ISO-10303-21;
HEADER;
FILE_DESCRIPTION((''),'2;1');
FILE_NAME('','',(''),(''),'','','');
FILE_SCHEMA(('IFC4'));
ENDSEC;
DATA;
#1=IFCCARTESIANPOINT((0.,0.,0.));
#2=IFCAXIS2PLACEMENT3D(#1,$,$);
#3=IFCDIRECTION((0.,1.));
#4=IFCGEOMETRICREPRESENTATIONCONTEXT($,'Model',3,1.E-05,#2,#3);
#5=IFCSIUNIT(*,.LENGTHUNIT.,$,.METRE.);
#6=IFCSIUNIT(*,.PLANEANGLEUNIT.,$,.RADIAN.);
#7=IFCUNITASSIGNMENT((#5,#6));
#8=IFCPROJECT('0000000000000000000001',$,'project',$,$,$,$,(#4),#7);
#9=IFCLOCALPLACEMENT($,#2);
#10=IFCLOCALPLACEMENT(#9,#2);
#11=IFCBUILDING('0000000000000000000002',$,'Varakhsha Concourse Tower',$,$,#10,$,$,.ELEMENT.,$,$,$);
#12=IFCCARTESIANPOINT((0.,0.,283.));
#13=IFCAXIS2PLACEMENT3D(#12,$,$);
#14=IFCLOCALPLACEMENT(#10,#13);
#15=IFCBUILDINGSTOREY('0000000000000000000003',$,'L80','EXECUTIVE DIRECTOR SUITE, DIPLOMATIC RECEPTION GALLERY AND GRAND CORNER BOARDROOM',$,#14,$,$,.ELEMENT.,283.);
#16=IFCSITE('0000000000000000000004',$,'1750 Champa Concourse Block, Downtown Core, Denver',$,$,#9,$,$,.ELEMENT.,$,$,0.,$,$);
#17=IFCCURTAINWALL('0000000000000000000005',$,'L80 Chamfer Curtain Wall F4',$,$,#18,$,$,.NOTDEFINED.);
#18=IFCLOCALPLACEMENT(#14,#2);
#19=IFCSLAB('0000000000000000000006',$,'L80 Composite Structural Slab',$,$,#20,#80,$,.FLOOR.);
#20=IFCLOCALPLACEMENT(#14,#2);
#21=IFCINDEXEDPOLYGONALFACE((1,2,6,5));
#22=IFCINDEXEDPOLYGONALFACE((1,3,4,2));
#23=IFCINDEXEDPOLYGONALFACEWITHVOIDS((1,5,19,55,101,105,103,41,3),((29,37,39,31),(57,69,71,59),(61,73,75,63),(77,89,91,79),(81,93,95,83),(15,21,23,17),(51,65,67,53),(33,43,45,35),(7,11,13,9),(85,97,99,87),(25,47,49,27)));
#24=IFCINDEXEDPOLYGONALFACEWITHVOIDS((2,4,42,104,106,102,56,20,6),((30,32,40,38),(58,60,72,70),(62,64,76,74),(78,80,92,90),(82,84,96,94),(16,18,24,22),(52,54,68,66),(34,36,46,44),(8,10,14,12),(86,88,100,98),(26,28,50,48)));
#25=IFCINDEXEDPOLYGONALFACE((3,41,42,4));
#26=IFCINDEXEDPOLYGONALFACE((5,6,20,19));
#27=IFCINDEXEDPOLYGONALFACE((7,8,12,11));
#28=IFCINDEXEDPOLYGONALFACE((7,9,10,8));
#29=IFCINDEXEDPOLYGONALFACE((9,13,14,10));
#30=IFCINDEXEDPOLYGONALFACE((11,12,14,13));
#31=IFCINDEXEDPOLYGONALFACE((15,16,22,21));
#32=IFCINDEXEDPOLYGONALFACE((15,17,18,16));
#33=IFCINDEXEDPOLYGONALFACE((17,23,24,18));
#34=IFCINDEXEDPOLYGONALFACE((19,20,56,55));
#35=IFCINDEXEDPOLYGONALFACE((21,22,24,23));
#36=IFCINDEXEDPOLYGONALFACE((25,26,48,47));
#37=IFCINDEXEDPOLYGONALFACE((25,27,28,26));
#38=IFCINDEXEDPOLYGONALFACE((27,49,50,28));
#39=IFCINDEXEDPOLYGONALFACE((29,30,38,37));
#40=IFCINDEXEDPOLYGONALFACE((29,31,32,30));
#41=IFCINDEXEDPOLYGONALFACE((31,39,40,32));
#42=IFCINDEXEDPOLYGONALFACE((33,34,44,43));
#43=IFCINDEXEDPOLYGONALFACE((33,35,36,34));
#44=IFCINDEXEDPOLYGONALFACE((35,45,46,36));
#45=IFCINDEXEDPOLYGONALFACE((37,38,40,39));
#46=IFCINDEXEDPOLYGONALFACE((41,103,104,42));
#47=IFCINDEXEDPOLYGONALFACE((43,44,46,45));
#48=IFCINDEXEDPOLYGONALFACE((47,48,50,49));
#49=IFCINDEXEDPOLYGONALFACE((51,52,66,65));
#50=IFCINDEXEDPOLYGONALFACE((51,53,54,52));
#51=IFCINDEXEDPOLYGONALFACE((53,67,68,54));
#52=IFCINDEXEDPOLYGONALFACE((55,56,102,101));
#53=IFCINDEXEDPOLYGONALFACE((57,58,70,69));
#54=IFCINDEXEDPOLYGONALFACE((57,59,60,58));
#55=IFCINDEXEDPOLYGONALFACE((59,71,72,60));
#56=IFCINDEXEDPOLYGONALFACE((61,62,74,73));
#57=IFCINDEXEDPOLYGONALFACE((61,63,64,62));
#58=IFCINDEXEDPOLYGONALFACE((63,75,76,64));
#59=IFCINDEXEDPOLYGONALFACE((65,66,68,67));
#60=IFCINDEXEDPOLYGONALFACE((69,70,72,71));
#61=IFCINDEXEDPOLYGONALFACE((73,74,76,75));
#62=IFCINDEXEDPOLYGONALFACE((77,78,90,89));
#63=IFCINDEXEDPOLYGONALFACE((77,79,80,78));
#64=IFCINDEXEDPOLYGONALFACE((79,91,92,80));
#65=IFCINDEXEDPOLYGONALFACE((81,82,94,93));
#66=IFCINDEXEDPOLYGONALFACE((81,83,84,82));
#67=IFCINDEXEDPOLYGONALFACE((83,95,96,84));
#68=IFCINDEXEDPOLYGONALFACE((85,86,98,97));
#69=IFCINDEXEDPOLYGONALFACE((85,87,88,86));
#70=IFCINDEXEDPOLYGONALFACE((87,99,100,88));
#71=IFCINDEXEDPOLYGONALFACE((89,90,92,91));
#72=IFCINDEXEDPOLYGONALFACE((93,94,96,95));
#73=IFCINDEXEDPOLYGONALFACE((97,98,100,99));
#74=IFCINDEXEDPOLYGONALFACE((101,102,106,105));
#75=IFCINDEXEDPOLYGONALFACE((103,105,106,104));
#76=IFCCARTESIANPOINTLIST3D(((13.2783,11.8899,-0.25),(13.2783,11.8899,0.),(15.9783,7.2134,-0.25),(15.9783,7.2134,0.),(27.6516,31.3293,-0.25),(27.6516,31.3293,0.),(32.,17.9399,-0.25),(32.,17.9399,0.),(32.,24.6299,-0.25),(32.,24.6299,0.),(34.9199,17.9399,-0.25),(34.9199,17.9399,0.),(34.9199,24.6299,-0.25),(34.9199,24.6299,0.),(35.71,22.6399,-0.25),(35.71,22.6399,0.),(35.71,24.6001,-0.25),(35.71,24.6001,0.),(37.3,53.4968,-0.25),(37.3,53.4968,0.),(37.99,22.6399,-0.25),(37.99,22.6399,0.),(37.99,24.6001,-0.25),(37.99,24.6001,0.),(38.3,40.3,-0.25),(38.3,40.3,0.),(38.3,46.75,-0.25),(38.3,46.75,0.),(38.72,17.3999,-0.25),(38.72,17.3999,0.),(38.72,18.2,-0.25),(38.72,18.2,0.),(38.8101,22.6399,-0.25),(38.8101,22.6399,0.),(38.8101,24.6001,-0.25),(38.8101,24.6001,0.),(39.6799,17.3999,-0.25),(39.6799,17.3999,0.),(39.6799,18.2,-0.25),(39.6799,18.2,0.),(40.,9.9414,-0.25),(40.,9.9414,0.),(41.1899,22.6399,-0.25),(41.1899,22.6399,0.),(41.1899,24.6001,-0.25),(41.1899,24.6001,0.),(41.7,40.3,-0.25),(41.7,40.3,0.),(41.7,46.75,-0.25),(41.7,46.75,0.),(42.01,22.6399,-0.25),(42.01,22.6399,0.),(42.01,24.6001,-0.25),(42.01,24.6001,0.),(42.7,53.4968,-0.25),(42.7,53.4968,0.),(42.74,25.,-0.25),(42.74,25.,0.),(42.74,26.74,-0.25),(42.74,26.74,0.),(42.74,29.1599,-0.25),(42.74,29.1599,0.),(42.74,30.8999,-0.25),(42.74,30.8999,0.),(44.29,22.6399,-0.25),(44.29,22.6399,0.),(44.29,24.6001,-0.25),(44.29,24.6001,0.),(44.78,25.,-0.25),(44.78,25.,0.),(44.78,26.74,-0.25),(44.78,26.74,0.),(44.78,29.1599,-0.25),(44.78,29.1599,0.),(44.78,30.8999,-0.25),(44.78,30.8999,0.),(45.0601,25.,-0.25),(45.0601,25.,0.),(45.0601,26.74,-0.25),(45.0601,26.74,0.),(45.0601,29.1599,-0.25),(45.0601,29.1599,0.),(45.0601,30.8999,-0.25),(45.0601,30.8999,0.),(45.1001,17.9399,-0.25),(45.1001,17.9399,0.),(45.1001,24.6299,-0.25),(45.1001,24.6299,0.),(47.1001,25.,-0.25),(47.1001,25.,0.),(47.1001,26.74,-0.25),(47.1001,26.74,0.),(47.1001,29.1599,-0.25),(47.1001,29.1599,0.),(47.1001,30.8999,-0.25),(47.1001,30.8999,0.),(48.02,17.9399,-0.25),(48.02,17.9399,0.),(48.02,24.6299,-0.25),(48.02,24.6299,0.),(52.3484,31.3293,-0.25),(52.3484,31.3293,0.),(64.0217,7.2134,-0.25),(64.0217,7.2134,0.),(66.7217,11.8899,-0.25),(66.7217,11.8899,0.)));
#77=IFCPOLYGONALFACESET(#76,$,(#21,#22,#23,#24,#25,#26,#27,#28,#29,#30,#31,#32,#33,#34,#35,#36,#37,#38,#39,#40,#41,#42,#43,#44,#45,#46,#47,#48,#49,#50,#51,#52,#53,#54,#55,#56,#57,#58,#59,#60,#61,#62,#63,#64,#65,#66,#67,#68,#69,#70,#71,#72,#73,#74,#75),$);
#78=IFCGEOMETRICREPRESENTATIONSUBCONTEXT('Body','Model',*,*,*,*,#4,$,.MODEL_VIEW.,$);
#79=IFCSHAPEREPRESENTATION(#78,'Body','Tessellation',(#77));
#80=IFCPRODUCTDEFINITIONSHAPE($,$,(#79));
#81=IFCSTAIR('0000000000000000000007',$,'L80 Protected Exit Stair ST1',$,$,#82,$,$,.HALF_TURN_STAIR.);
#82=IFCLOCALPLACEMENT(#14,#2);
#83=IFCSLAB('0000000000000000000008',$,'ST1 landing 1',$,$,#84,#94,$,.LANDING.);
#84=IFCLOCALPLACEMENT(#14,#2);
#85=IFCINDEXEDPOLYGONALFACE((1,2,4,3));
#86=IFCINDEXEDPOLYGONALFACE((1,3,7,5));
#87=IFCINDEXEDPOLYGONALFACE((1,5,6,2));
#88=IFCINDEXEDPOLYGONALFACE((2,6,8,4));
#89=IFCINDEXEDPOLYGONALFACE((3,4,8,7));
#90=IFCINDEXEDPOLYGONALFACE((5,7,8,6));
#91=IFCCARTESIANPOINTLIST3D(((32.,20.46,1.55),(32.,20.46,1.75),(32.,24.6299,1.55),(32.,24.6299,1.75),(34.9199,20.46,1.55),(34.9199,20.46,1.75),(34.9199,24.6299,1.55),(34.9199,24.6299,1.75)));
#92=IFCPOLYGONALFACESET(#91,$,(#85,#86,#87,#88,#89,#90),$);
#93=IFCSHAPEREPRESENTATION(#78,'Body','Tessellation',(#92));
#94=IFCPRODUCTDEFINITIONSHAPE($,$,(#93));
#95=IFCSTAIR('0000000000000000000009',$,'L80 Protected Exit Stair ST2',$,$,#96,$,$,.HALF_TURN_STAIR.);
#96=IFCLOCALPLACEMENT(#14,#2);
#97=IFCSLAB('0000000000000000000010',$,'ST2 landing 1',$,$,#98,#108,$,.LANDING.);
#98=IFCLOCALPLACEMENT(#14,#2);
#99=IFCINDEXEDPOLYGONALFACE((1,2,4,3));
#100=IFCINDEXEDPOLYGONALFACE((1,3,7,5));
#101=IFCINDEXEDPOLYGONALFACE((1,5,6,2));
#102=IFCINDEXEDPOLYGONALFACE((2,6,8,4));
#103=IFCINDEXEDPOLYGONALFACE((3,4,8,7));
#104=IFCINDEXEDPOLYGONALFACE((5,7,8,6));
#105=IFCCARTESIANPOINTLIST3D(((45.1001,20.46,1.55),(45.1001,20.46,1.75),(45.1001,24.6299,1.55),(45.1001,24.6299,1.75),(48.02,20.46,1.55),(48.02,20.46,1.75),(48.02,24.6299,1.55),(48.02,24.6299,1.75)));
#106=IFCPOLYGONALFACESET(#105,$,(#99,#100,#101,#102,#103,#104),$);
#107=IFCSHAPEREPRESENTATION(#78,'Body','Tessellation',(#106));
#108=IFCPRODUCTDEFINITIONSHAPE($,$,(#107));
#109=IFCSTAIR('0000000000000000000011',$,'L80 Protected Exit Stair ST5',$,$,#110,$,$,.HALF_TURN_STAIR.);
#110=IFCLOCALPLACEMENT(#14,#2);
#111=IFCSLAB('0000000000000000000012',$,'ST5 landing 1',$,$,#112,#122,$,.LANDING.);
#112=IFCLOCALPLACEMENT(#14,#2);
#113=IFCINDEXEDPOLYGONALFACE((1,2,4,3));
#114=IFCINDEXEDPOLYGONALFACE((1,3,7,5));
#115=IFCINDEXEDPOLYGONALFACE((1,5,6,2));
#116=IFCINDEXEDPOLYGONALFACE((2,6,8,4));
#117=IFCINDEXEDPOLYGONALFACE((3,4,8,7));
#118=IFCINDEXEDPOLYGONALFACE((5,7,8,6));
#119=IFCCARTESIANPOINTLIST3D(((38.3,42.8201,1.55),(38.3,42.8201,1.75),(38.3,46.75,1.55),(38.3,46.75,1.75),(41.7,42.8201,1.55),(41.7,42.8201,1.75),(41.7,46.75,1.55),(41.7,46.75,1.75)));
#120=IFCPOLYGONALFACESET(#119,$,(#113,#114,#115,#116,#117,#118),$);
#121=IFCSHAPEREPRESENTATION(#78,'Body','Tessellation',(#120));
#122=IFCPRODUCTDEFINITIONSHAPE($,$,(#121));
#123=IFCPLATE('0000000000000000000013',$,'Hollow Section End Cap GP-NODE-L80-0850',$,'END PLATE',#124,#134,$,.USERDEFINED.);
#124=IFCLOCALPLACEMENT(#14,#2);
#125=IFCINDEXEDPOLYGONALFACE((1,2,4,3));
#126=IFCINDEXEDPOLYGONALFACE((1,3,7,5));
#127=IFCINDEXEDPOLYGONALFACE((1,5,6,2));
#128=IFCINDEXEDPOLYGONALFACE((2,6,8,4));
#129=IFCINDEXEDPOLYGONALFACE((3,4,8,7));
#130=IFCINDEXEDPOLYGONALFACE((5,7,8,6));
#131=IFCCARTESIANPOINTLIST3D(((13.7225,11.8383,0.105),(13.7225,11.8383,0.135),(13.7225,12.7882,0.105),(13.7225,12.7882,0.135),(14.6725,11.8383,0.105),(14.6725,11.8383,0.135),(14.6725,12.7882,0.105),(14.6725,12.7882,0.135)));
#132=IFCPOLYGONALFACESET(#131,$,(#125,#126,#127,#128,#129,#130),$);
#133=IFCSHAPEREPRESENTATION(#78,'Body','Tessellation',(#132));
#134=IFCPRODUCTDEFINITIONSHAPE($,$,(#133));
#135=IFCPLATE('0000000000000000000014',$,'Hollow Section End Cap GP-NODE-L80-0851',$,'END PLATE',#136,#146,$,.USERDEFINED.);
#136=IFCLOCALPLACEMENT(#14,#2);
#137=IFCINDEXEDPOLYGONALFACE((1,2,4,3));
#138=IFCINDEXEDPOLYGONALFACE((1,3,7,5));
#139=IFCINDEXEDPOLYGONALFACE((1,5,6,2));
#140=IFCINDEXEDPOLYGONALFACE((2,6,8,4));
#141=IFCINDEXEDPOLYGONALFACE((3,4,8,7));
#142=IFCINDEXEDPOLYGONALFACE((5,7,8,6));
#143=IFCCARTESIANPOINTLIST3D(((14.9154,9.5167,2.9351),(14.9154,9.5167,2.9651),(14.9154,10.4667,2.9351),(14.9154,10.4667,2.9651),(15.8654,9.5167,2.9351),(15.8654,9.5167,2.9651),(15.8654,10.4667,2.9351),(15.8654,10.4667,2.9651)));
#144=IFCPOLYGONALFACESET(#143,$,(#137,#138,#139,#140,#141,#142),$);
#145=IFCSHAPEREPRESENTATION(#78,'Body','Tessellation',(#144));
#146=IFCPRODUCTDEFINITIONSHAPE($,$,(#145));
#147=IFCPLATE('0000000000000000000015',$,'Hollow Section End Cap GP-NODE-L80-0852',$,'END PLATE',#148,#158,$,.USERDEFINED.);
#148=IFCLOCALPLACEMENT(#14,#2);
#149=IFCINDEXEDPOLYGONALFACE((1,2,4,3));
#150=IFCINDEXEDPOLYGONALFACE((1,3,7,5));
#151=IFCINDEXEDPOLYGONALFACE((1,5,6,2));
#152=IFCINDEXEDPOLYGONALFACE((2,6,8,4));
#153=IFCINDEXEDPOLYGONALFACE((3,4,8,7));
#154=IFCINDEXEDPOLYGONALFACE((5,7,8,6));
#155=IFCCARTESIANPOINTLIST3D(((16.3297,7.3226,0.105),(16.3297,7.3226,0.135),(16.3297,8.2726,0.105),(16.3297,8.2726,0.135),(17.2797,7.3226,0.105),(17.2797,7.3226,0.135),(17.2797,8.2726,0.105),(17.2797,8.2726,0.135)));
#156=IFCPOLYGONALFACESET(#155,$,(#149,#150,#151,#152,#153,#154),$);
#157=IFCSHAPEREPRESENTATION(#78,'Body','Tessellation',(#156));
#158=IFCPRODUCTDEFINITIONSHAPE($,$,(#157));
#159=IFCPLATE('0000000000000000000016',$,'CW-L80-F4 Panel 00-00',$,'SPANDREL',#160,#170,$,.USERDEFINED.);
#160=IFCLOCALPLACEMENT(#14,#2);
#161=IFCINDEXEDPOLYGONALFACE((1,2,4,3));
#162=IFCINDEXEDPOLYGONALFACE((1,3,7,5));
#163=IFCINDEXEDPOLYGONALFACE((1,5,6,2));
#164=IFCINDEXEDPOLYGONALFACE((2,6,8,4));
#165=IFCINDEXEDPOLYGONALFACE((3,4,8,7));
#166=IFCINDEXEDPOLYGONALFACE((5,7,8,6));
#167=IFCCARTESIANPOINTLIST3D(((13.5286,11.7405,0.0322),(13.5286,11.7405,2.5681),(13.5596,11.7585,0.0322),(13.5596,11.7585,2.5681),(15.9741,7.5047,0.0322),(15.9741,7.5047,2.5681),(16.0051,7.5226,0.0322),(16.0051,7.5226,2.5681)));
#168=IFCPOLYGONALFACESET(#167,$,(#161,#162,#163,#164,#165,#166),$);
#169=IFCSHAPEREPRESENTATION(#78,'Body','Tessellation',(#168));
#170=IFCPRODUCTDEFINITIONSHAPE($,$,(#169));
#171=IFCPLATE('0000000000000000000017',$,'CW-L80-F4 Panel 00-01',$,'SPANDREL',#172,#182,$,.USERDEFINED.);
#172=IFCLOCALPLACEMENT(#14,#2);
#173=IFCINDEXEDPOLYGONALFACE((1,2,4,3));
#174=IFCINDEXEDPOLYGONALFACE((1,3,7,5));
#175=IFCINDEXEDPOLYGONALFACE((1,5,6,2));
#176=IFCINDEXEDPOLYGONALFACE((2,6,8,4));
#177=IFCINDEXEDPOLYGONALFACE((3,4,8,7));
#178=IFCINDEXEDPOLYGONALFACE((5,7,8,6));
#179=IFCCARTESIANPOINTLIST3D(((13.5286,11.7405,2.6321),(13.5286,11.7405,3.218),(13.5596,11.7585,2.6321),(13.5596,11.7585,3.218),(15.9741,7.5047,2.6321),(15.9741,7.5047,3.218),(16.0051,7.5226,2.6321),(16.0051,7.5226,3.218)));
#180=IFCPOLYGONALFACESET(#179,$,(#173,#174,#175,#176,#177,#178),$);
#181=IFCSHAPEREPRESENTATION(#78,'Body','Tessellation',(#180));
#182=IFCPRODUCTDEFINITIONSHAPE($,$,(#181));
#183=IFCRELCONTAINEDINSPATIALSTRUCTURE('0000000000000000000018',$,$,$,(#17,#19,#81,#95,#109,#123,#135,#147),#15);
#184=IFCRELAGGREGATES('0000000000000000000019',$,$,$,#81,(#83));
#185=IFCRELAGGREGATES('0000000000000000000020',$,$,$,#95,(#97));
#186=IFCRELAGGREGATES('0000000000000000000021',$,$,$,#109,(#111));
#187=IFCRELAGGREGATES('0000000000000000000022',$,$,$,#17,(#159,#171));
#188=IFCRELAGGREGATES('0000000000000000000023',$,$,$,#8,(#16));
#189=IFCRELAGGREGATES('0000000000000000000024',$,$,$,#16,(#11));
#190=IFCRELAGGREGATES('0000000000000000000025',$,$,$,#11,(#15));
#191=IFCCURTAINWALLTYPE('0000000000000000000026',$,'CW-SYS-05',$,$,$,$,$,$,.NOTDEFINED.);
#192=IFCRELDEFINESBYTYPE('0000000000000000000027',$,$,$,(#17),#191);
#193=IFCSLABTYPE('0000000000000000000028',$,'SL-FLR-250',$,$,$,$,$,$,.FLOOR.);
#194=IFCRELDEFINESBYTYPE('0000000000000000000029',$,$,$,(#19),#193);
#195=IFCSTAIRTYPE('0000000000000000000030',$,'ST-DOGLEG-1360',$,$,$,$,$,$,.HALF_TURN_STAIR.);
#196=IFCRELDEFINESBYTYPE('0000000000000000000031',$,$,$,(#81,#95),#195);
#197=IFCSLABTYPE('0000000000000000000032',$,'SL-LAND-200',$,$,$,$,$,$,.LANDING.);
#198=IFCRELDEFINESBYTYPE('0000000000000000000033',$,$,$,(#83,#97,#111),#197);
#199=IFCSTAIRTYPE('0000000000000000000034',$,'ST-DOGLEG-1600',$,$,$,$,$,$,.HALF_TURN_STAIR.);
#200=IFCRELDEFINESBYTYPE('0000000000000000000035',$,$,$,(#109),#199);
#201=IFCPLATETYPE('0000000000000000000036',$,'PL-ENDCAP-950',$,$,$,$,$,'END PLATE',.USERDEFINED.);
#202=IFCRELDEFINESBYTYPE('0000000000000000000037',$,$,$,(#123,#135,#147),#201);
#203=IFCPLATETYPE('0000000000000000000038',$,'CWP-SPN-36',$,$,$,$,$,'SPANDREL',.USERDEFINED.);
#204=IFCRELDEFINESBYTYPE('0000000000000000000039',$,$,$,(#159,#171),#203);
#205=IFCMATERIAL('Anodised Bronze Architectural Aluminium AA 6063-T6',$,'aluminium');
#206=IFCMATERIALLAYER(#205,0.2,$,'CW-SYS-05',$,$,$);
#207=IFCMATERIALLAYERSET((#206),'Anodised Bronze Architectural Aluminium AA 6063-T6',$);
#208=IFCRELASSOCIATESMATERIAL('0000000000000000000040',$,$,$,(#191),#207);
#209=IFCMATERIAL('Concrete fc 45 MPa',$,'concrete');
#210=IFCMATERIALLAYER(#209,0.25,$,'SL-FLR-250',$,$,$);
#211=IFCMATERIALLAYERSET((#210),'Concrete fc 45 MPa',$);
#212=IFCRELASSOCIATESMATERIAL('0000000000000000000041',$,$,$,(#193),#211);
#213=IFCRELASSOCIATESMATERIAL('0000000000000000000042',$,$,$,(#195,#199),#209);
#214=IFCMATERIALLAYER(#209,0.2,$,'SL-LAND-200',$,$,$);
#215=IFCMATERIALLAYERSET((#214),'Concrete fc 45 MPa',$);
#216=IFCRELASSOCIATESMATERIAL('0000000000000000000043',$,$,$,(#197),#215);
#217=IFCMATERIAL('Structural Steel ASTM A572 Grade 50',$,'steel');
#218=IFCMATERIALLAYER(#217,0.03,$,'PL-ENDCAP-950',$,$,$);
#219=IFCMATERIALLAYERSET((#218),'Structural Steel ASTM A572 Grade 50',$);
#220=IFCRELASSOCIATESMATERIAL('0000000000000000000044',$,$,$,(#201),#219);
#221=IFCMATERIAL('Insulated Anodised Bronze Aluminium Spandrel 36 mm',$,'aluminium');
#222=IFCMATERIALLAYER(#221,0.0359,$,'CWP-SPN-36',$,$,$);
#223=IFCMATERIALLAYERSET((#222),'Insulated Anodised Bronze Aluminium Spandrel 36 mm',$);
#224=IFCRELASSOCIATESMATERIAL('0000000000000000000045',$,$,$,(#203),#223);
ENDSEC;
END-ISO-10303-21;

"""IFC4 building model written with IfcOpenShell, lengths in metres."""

from ifc_helpers import new_model, si_unit, direction, frame, origin, origin_2d, place, context, subcontext, project, spatial, polyline, rectangle, outline, extrude, source, transform, mapped, material, layer, layer_set, type_object, type_shapes, element, aggregate, save


model = new_model("IFC4")

# Units and contexts
model_context = context("Model", 3, precision=1e-05, world=origin(), true_north=direction((0.0, 1.0)))
body_context = subcontext(model_context, "Body", "Model", "MODEL_VIEW")
ifc_project = project(units=[si_unit("LENGTHUNIT", "METRE"), si_unit("PLANEANGLEUNIT", "RADIAN")], contexts=[model_context])

# Site, building, storey
site_placement = place(None, origin())
site = spatial("IfcSite", under=ifc_project, at=site_placement, Name="1750 Champa Concourse Block, Downtown Core, Denver", CompositionType="ELEMENT", RefElevation=0.0)
building_placement = place(site_placement, origin())
building = spatial("IfcBuilding", under=site, at=building_placement, Name="Varakhsha Concourse Tower", CompositionType="ELEMENT")
storey_placement = place(building_placement, frame((0.0, 0.0, 283.0)))
storey = spatial("IfcBuildingStorey", under=building, at=storey_placement, Name="L80", Description="EXECUTIVE DIRECTOR SUITE, DIPLOMATIC RECEPTION GALLERY AND GRAND CORNER BOARDROOM", CompositionType="ELEMENT", Elevation=283.0)

# Shared definitions
ifc_material_1 = material(Name="Structural Steel ASTM A572 Grade 50", Category="steel")

# Shared definitions
ifc_material_2 = material(Name="Anodised Bronze Architectural Aluminium AA 6063-T6", Category="aluminium")
ifc_layer_1 = layer(ifc_material_2, 0.2, Name="CW-SYS-05")
ifc_layer_set_1 = layer_set([ifc_layer_1], Name="Anodised Bronze Architectural Aluminium AA 6063-T6")
curtain_wall_type = type_object("IfcCurtainWallType", Name="CW-SYS-05", PredefinedType="NOTDEFINED", material=ifc_layer_set_1)

# Curtain wall
curtain_wall_1_placement = place(storey_placement, origin())
curtain_wall_1 = element("IfcCurtainWall", 1, at=curtain_wall_1_placement, inside=storey, type_object=curtain_wall_type, Name="L80 Chamfer Curtain Wall F4", PredefinedType="NOTDEFINED")

# Slab
ifc_material_3 = material(Name="Concrete fc 45 MPa", Category="concrete")
ifc_layer_2 = layer(ifc_material_3, 0.25, Name="SL-FLR-250")
ifc_layer_set_2 = layer_set([ifc_layer_2], Name="Concrete fc 45 MPa")
slab_type_1 = type_object("IfcSlabType", Name="SL-FLR-250", PredefinedType="FLOOR", material=ifc_layer_set_2)
slab_1_placement = place(storey_placement, frame((0.0, 0.0, -0.25)))
element("IfcSlab", 2, at=slab_1_placement, inside=storey, type_object=slab_type_1, Name="L80 Composite Structural Slab", PredefinedType="FLOOR", context=body_context, shape_type="SweptSolid", body=[
    extrude(outline(polyline([(42.7, 53.4968), (37.3, 53.4968), (27.6516, 31.3293), (13.2783, 11.8899), (15.9783, 7.2134), (40.0, 9.9414), (64.0217, 7.2134), (66.7217, 11.8899), (52.3484, 31.3293), (42.7, 53.4968)]), holes=[polyline([(34.9199, 17.9399), (34.9199, 24.6299), (32.0, 24.6299), (32.0, 17.9399), (34.9199, 17.9399)]), polyline([(48.02, 17.9399), (48.02, 24.6299), (45.1001, 24.6299), (45.1001, 17.9399), (48.02, 17.9399)]), polyline([(41.7, 40.3), (41.7, 46.75), (38.3, 46.75), (38.3, 40.3), (41.7, 40.3)]), polyline([(42.74, 29.1599), (44.78, 29.1599), (44.78, 30.8999), (42.74, 30.8999), (42.74, 29.1599)]), polyline([(45.0601, 29.1599), (47.1001, 29.1599), (47.1001, 30.8999), (45.0601, 30.8999), (45.0601, 29.1599)]), polyline([(42.74, 25.0), (44.78, 25.0), (44.78, 26.74), (42.74, 26.74), (42.74, 25.0)]), polyline([(45.0601, 25.0), (47.1001, 25.0), (47.1001, 26.74), (45.0601, 26.74), (45.0601, 25.0)]), polyline([(35.71, 22.6399), (37.99, 22.6399), (37.99, 24.6001), (35.71, 24.6001), (35.71, 22.6399)]), polyline([(42.01, 22.6399), (44.29, 22.6399), (44.29, 24.6001), (42.01, 24.6001), (42.01, 22.6399)]), polyline([(38.8101, 22.6399), (41.1899, 22.6399), (41.1899, 24.6001), (38.8101, 24.6001), (38.8101, 22.6399)]), polyline([(38.72, 17.3999), (39.6799, 17.3999), (39.6799, 18.2), (38.72, 18.2), (38.72, 17.3999)])]), origin(), (0.0, 0.0, 1.0), 0.25),
])

# Stairs, slabs
stair_type_1 = type_object("IfcStairType", Name="ST-DOGLEG-1360", PredefinedType="HALF_TURN_STAIR", material=ifc_material_3)
stair_1_placement = place(storey_placement, origin())
stair_1 = element("IfcStair", 3, at=stair_1_placement, inside=storey, type_object=stair_type_1, Name="L80 Protected Exit Stair ST1", PredefinedType="HALF_TURN_STAIR")
ifc_layer_3 = layer(ifc_material_3, 0.2, Name="SL-LAND-200")
ifc_layer_set_3 = layer_set([ifc_layer_3], Name="Concrete fc 45 MPa")
slab_type_2 = type_object("IfcSlabType", Name="SL-LAND-200", PredefinedType="LANDING", material=ifc_layer_set_3)
slab_2_placement = place(storey_placement, frame((0.0, 0.0, 1.55)))
slab_2 = element("IfcSlab", 4, at=slab_2_placement, type_object=slab_type_2, Name="ST1 landing 1", PredefinedType="LANDING", context=body_context, shape_type="SweptSolid", body=[
    extrude(outline(polyline([(34.9199, 20.46), (34.9199, 24.6299), (32.0, 24.6299), (32.0, 20.46), (34.9199, 20.46)])), origin(), (0.0, 0.0, 1.0), 0.2),
])
aggregate(stair_1, [slab_2])
stair_2_placement = place(storey_placement, origin())
stair_2 = element("IfcStair", 5, at=stair_2_placement, inside=storey, type_object=stair_type_1, Name="L80 Protected Exit Stair ST2", PredefinedType="HALF_TURN_STAIR")
slab_3_placement = place(storey_placement, frame((0.0, 0.0, 1.55)))
slab_3 = element("IfcSlab", 6, at=slab_3_placement, type_object=slab_type_2, Name="ST2 landing 1", PredefinedType="LANDING", context=body_context, shape_type="SweptSolid", body=[
    extrude(outline(polyline([(48.02, 20.46), (48.02, 24.6299), (45.1001, 24.6299), (45.1001, 20.46), (48.02, 20.46)])), origin(), (0.0, 0.0, 1.0), 0.2),
])
aggregate(stair_2, [slab_3])
stair_type_2 = type_object("IfcStairType", Name="ST-DOGLEG-1600", PredefinedType="HALF_TURN_STAIR", material=ifc_material_3)
stair_3_placement = place(storey_placement, origin())
stair_3 = element("IfcStair", 7, at=stair_3_placement, inside=storey, type_object=stair_type_2, Name="L80 Protected Exit Stair ST5", PredefinedType="HALF_TURN_STAIR")
slab_4_placement = place(storey_placement, frame((0.0, 0.0, 1.55)))
slab_4 = element("IfcSlab", 8, at=slab_4_placement, type_object=slab_type_2, Name="ST5 landing 1", PredefinedType="LANDING", context=body_context, shape_type="SweptSolid", body=[
    extrude(outline(polyline([(41.7, 42.8201), (41.7, 46.75), (38.3, 46.75), (38.3, 42.8201), (41.7, 42.8201)])), origin(), (0.0, 0.0, 1.0), 0.2),
])
aggregate(stair_3, [slab_4])

# Plates
ifc_layer_4 = layer(ifc_material_1, 0.03, Name="PL-ENDCAP-950")
ifc_layer_set_4 = layer_set([ifc_layer_4], Name="Structural Steel ASTM A572 Grade 50")
plate_type_1 = type_object("IfcPlateType", Name="PL-ENDCAP-950", ElementType="END PLATE", PredefinedType="USERDEFINED", material=ifc_layer_set_4)
shared_shape_1 = source(origin(), body_context, "Body", "SweptSolid", [
    extrude(rectangle(XDim=0.95, YDim=0.95, at=origin_2d()), origin(), (0.0, 0.0, 1.0), 0.03),
])
type_shapes(plate_type_1, [shared_shape_1])
for number, where, z_axis, x_axis, name in (
    (9, (14.1975, 12.3132, 0.105), (0.0, 0.0, 1.0), (1.0, 0.0, 0.0), "Hollow Section End Cap GP-NODE-L80-0850"),
    (10, (15.3904, 9.9917, 2.9351), (0.0, 0.0, 1.0), (1.0, 0.0, 0.0), "Hollow Section End Cap GP-NODE-L80-0851"),
    (11, (16.8047, 7.7976, 0.105), (0.0, 0.0, 1.0), (1.0, 0.0, 0.0), "Hollow Section End Cap GP-NODE-L80-0852"),
):
    element("IfcPlate", number, at=place(storey_placement, frame(where, z_axis=z_axis, x_axis=x_axis)), inside=storey, type_object=plate_type_1, Name=name, ObjectType="END PLATE", PredefinedType="USERDEFINED", context=body_context, shape_type="MappedRepresentation", body=[
        mapped(shared_shape_1, transform((0.0, 0.0, 0.0), scale=1.0)),
    ])

# Plates
ifc_material_4 = material(Name="Insulated Anodised Bronze Aluminium Spandrel 36 mm", Category="aluminium")
ifc_layer_5 = layer(ifc_material_4, 0.0359, Name="CWP-SPN-36")
ifc_layer_set_5 = layer_set([ifc_layer_5], Name="Insulated Anodised Bronze Aluminium Spandrel 36 mm")
plate_type_2 = type_object("IfcPlateType", Name="CWP-SPN-36", ElementType="SPANDREL", PredefinedType="USERDEFINED", material=ifc_layer_set_5)
shared_shape_2 = source(origin(), body_context, "Body", "SweptSolid", [
    extrude(rectangle(XDim=4.8911, YDim=0.0359, at=origin_2d()), origin(), (0.0, 0.0, 1.0), 2.5359),
])
plate_1_placement = place(storey_placement, frame((14.7668, 9.6316, 0.0322), z_axis=(0.0, 0.0, 1.0), x_axis=(-0.499989, 0.866032, 0.0)))
plate_1 = element("IfcPlate", 12, at=plate_1_placement, type_object=plate_type_2, Name="CW-L80-F4 Panel 00-00", ObjectType="SPANDREL", PredefinedType="USERDEFINED", context=body_context, shape_type="MappedRepresentation", body=[
    mapped(shared_shape_2, transform((0.0, 0.0, 0.0), scale=1.0)),
])
shared_shape_3 = source(origin(), body_context, "Body", "SweptSolid", [
    extrude(rectangle(XDim=4.8911, YDim=0.0359, at=origin_2d()), origin(), (0.0, 0.0, 1.0), 0.5859),
])
plate_2_placement = place(storey_placement, frame((14.7668, 9.6316, 2.6321), z_axis=(0.0, 0.0, 1.0), x_axis=(-0.499989, 0.866032, 0.0)))
plate_2 = element("IfcPlate", 13, at=plate_2_placement, type_object=plate_type_2, Name="CW-L80-F4 Panel 00-01", ObjectType="SPANDREL", PredefinedType="USERDEFINED", context=body_context, shape_type="MappedRepresentation", body=[
    mapped(shared_shape_3, transform((0.0, 0.0, 0.0), scale=1.0)),
])
aggregate(curtain_wall_1, [plate_1, plate_2])

save(model, "model.ifc")
